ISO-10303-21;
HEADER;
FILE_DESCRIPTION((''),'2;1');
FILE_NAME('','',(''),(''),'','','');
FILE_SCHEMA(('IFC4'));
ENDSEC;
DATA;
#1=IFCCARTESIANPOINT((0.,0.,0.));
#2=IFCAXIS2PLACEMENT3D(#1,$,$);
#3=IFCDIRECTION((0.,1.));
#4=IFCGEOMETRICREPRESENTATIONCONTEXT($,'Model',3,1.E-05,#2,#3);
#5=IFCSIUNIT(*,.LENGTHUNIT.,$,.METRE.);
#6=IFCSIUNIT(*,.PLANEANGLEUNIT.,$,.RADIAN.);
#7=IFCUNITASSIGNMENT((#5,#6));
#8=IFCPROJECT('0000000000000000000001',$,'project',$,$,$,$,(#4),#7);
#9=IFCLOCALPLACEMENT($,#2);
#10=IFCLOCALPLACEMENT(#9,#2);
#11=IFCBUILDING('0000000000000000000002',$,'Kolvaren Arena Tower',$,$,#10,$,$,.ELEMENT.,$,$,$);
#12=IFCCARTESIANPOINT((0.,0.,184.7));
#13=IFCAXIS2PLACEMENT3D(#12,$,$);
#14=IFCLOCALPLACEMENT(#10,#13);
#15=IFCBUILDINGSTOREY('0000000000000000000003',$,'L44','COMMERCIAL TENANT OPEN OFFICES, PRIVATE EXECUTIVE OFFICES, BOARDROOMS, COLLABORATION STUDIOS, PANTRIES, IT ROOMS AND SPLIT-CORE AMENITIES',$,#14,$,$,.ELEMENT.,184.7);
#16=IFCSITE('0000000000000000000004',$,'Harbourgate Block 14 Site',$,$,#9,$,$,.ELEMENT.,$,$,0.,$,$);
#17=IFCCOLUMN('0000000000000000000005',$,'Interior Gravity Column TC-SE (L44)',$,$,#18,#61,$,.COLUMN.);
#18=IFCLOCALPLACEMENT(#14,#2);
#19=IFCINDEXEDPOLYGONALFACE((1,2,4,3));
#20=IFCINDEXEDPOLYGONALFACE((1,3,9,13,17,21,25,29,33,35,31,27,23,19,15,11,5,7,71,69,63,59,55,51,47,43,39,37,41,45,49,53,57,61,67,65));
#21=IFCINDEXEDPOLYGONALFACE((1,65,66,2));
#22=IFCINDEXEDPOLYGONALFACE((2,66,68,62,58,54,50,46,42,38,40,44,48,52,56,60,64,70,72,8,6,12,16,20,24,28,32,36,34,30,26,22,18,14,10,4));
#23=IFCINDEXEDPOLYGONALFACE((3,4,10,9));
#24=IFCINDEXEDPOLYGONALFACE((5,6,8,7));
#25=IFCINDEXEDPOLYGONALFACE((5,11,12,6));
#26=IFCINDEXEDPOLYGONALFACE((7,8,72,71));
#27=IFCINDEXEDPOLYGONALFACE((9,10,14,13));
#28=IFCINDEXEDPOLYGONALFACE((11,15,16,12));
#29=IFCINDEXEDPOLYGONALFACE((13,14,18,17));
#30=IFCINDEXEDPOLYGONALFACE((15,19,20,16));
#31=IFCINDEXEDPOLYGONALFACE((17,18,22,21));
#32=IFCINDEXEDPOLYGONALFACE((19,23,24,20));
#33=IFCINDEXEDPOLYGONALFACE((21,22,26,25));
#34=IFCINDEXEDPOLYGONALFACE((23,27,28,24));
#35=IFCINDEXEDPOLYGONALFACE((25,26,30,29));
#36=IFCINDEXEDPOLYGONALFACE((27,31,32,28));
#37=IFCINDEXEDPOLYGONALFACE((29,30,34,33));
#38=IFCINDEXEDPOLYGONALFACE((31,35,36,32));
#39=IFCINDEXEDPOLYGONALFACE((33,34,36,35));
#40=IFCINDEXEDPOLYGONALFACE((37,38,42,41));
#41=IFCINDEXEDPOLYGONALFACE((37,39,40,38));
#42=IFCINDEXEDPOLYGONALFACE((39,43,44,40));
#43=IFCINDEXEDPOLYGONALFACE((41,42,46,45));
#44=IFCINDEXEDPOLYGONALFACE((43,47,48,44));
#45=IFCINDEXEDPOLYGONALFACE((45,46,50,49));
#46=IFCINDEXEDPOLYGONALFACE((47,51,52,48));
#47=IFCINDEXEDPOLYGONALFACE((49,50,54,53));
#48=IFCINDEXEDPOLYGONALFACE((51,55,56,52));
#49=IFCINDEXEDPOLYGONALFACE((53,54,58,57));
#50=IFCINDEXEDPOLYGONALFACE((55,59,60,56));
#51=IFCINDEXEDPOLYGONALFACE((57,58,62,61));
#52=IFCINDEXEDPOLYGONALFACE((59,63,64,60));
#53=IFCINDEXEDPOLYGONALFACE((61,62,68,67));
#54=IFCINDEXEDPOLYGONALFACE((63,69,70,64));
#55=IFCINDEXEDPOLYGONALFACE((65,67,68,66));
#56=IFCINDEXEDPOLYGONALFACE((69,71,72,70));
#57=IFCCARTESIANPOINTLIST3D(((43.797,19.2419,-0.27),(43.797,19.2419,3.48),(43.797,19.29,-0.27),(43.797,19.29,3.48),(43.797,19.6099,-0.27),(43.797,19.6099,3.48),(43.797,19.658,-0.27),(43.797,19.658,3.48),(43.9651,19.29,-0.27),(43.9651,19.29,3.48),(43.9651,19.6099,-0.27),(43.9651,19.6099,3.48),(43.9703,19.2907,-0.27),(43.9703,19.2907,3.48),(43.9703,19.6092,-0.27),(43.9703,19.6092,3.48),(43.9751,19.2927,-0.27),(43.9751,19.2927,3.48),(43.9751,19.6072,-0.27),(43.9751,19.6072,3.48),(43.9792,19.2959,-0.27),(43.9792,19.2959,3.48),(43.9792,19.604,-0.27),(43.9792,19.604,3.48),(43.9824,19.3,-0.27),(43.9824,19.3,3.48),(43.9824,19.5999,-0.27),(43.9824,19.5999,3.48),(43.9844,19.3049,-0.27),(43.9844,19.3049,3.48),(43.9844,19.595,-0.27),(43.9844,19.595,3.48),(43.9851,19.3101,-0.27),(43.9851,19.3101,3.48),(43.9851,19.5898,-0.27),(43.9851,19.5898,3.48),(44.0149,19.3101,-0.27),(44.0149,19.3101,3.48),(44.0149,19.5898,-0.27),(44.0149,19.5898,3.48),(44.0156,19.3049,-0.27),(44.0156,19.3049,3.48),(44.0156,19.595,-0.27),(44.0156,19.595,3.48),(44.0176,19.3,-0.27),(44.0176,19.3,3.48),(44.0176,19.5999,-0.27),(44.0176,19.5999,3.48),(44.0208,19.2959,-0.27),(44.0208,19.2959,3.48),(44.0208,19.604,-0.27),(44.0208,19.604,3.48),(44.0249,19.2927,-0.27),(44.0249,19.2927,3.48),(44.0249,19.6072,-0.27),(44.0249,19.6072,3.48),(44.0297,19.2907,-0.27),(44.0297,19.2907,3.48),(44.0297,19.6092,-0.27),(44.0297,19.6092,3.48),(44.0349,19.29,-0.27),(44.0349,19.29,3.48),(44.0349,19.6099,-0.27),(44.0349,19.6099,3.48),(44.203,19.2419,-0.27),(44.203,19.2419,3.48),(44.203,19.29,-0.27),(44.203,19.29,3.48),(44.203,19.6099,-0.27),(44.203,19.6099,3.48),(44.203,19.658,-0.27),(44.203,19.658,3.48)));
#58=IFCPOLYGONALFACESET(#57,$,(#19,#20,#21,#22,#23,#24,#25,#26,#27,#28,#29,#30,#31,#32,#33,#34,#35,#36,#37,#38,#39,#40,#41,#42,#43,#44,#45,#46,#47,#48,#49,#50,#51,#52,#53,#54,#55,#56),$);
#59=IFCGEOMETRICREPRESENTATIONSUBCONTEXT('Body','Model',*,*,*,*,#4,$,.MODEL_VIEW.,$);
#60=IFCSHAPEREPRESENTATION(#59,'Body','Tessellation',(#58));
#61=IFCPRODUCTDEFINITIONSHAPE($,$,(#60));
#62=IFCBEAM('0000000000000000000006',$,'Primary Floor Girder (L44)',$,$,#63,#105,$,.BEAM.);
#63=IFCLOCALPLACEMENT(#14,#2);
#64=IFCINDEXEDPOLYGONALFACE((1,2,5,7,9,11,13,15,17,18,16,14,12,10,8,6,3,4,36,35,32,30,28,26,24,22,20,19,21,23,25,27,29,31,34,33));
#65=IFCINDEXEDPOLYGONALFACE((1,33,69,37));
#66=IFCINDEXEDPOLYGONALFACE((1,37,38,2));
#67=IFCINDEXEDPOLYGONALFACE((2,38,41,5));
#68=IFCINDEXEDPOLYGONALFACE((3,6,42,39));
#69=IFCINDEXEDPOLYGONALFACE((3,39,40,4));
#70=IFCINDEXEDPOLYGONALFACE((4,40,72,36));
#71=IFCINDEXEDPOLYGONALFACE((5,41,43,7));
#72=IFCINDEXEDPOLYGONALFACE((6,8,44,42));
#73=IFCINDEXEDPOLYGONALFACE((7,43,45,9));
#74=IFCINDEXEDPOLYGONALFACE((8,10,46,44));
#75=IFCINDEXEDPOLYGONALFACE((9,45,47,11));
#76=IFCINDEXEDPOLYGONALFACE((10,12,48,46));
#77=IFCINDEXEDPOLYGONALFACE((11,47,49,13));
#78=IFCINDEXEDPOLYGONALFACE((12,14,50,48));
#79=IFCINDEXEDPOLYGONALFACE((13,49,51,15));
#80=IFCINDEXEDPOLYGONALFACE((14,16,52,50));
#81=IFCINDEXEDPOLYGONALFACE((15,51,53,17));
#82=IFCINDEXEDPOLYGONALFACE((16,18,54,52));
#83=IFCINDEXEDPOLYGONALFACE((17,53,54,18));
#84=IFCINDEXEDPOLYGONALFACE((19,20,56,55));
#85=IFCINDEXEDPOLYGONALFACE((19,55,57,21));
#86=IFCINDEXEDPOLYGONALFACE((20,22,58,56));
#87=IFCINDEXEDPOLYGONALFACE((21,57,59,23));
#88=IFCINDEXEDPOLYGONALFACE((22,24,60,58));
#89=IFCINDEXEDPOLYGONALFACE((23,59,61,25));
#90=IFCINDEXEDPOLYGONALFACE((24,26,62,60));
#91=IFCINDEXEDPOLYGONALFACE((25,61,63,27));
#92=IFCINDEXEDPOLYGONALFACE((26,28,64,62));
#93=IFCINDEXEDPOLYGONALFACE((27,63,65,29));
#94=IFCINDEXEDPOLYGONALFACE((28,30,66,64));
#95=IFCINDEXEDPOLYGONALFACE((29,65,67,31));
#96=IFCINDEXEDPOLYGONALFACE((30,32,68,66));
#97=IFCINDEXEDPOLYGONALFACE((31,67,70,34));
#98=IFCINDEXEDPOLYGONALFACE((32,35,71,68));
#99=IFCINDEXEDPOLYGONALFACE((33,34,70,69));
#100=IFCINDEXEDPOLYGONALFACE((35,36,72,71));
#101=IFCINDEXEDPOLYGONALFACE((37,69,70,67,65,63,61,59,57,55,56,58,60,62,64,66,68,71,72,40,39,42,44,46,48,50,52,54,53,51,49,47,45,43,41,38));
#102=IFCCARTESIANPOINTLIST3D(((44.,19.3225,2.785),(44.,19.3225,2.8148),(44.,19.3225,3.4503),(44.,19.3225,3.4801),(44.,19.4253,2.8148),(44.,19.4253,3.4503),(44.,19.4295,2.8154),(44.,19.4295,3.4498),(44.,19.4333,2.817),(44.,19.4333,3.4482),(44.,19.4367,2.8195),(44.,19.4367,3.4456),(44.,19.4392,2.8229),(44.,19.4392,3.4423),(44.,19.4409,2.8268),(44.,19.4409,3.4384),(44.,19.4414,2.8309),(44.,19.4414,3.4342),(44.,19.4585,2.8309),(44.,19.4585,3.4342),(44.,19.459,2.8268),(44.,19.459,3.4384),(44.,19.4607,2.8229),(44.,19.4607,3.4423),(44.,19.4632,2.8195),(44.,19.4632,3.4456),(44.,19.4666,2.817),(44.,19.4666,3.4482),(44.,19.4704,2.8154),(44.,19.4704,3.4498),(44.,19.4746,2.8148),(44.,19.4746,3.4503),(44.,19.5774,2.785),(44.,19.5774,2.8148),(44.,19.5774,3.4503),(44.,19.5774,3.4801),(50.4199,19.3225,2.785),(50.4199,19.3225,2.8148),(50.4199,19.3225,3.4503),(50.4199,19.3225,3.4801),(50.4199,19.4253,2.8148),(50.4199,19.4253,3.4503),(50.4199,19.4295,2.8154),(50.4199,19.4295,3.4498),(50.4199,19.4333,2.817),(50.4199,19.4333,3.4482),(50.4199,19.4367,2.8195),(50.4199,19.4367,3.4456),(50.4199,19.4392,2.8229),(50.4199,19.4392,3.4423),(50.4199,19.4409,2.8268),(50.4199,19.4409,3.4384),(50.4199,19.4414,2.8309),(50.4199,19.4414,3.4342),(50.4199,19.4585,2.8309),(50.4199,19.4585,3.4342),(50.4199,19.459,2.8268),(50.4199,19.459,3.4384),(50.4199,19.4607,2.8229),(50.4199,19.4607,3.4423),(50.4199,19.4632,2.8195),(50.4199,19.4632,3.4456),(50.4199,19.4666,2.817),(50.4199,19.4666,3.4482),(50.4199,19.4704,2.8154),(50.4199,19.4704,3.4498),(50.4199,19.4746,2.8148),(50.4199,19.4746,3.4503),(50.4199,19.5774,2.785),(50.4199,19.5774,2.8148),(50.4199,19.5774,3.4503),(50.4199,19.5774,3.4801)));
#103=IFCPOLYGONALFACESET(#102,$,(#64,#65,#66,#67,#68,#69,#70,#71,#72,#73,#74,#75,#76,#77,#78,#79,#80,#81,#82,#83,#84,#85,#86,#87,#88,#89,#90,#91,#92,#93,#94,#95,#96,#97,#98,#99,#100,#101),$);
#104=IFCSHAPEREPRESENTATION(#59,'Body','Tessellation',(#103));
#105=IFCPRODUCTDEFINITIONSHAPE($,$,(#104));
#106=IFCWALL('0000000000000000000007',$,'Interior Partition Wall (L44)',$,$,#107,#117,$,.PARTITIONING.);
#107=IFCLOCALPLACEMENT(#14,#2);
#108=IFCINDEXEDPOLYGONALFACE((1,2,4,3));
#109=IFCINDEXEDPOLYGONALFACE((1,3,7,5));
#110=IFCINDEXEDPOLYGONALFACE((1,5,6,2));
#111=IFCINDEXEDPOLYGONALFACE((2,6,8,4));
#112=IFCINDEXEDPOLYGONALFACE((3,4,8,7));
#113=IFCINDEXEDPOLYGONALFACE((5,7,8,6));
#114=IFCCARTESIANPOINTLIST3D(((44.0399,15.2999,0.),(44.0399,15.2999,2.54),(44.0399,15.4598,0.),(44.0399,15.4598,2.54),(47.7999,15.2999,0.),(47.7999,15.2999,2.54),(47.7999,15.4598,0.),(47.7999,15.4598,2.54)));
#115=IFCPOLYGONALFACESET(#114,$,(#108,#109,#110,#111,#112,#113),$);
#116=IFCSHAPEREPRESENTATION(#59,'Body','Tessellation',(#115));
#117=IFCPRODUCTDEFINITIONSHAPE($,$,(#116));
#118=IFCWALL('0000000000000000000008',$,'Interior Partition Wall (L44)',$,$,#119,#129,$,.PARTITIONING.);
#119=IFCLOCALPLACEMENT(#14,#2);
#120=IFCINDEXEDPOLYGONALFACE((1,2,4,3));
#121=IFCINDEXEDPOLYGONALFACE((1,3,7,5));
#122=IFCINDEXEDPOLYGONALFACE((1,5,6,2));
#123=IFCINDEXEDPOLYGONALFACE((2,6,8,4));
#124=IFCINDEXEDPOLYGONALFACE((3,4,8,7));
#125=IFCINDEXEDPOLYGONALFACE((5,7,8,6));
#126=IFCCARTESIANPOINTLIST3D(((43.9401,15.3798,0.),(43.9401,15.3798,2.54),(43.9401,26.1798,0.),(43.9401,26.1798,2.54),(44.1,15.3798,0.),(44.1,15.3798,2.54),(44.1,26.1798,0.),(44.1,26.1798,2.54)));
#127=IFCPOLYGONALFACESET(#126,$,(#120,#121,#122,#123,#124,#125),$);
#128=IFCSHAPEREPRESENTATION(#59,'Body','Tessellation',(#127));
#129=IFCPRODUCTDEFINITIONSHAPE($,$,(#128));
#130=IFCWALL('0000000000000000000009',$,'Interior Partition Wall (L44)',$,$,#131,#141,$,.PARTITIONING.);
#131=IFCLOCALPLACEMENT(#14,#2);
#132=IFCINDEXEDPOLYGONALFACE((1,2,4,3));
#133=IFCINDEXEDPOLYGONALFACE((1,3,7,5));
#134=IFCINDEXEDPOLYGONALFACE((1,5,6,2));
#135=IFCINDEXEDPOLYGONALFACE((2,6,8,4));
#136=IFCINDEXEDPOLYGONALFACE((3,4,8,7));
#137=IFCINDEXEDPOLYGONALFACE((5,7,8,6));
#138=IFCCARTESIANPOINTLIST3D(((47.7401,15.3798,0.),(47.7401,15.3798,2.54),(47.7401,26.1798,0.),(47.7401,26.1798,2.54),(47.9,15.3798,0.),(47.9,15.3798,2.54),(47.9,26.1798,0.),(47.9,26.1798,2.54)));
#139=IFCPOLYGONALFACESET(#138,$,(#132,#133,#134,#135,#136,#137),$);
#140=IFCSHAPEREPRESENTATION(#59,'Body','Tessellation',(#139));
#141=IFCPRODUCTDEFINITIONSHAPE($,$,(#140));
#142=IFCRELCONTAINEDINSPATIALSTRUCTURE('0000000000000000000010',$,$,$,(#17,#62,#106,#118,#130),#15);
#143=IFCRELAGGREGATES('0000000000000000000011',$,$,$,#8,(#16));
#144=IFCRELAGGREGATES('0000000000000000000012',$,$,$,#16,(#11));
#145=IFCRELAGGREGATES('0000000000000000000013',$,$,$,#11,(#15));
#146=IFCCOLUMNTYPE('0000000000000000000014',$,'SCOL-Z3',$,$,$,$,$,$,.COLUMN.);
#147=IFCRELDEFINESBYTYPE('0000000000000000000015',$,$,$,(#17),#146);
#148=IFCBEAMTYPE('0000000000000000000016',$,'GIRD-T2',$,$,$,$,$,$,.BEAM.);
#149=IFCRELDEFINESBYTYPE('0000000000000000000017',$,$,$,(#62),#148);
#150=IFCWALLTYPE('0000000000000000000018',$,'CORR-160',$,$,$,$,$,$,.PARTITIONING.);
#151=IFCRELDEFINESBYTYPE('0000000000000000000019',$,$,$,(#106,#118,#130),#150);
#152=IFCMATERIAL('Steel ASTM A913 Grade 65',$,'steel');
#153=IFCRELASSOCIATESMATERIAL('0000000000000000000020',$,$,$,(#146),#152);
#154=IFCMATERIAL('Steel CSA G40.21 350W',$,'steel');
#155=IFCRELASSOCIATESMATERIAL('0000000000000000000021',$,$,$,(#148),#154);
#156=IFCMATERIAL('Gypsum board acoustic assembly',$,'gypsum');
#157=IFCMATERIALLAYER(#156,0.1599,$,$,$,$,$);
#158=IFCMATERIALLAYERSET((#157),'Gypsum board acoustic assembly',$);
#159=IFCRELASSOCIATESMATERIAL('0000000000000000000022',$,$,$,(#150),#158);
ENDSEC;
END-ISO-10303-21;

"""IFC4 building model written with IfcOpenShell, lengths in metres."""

from ifc_helpers import new_model, si_unit, direction, frame, frame_2d, origin, origin_2d, place, context, subcontext, project, spatial, rectangle, i_section, extrude, material, layer, layer_set, material_profile, profile_set, type_object, element, save


model = new_model("IFC4")

# Units and contexts
model_context = context("Model", 3, precision=1e-05, world=origin(), true_north=direction((0.0, 1.0)))
body_context = subcontext(model_context, "Body", "Model", "MODEL_VIEW")
ifc_project = project(units=[si_unit("LENGTHUNIT", "METRE"), si_unit("PLANEANGLEUNIT", "RADIAN")], contexts=[model_context])

# Site, building, storey
site_placement = place(None, origin())
site = spatial("IfcSite", under=ifc_project, at=site_placement, Name="Harbourgate Block 14 Site", CompositionType="ELEMENT", RefElevation=0.0)
building_placement = place(site_placement, origin())
building = spatial("IfcBuilding", under=site, at=building_placement, Name="Kolvaren Arena Tower", CompositionType="ELEMENT")
storey_placement = place(building_placement, frame((0.0, 0.0, 184.7)))
storey = spatial("IfcBuildingStorey", under=building, at=storey_placement, Name="L44", Description="COMMERCIAL TENANT OPEN OFFICES, PRIVATE EXECUTIVE OFFICES, BOARDROOMS, COLLABORATION STUDIOS, PANTRIES, IT ROOMS AND SPLIT-CORE AMENITIES", CompositionType="ELEMENT", Elevation=184.7)

# Column
ifc_material_1 = material(Name="Steel ASTM A913 Grade 65", Category="steel")
ifc_material_profile_1 = material_profile(ifc_material_1, i_section(OverallWidth=0.406, OverallDepth=0.416, WebThickness=0.0298, FlangeThickness=0.0481, FilletRadius=0.02, at=origin_2d()), Name="W360x382")
ifc_profile_set_1 = profile_set([ifc_material_profile_1], Name="Steel ASTM A913 Grade 65")
column_type = type_object("IfcColumnType", Name="SCOL-Z3", PredefinedType="COLUMN", material=ifc_profile_set_1)
column_placement = place(storey_placement, frame((44.0, 19.45, -0.27), z_axis=(0.0, 0.0, 1.0), x_axis=(1.0, 0.0, 0.0)))
element("IfcColumn", 1, at=column_placement, inside=storey, type_object=column_type, Name="Interior Gravity Column TC-SE (L44)", PredefinedType="COLUMN", context=body_context, shape_type="SweptSolid", body=[
    extrude(i_section(OverallWidth=0.406, OverallDepth=0.416, WebThickness=0.0298, FlangeThickness=0.0481, FilletRadius=0.02, at=origin_2d()), origin(), (0.0, 0.0, 1.0), 3.75),
])

# Beam
ifc_material_2 = material(Name="Steel CSA G40.21 350W", Category="steel")
ifc_material_profile_2 = material_profile(ifc_material_2, i_section(OverallWidth=0.2549, OverallDepth=0.6951, WebThickness=0.0171, FlangeThickness=0.0298, FilletRadius=0.0161, at=origin_2d()), Name="W690x217")
ifc_profile_set_2 = profile_set([ifc_material_profile_2], Name="Steel CSA G40.21 350W")
beam_type = type_object("IfcBeamType", Name="GIRD-T2", PredefinedType="BEAM", material=ifc_profile_set_2)
beam_placement = place(storey_placement, frame((44.0, 19.45, 3.1326), z_axis=(1.0, 0.0, 0.0), x_axis=(0.0, 1.0, 0.0)))
element("IfcBeam", 2, at=beam_placement, inside=storey, type_object=beam_type, Name="Primary Floor Girder (L44)", PredefinedType="BEAM", context=body_context, shape_type="SweptSolid", body=[
    extrude(i_section(OverallWidth=0.2549, OverallDepth=0.6951, WebThickness=0.0171, FlangeThickness=0.0298, FilletRadius=0.0161, at=origin_2d()), origin(), (0.0, 0.0, 1.0), 6.4199),
])

# Walls
ifc_material_3 = material(Name="Gypsum board acoustic assembly", Category="gypsum")
ifc_layer_1 = layer(ifc_material_3, 0.1599)
ifc_layer_set_1 = layer_set([ifc_layer_1], Name="Gypsum board acoustic assembly")
wall_type_1 = type_object("IfcWallType", Name="CORR-160", PredefinedType="PARTITIONING", material=ifc_layer_set_1)
wall_1_placement = place(storey_placement, frame((44.04, 15.3799, 0.0), z_axis=(0.0, 0.0, 1.0), x_axis=(1.0, 0.0, 0.0)))
element("IfcWall", 3, at=wall_1_placement, inside=storey, type_object=wall_type_1, Name="Interior Partition Wall (L44)", PredefinedType="PARTITIONING", context=body_context, shape_type="SweptSolid", body=[
    extrude(rectangle(XDim=3.76, YDim=0.1599, at=frame_2d((1.8799, 0.0))), origin(), (0.0, 0.0, 1.0), 2.54),
])
for number, where, z_axis, x_axis, name in (
    (4, (44.02, 15.3799, 0.0), (0.0, 0.0, 1.0), (0.0, 1.0, 0.0), "Interior Partition Wall (L44)"),
    (5, (47.8201, 15.3799, 0.0), (0.0, 0.0, 1.0), (0.0, 1.0, 0.0), "Interior Partition Wall (L44)"),
):
    element("IfcWall", number, at=place(storey_placement, frame(where, z_axis=z_axis, x_axis=x_axis)), inside=storey, type_object=wall_type_1, Name=name, PredefinedType="PARTITIONING", context=body_context, shape_type="SweptSolid", body=[
        extrude(rectangle(XDim=10.8, YDim=0.1599, at=frame_2d((5.3999, 0.0))), origin(), (0.0, 0.0, 1.0), 2.54),
    ])

save(model, "model.ifc")
